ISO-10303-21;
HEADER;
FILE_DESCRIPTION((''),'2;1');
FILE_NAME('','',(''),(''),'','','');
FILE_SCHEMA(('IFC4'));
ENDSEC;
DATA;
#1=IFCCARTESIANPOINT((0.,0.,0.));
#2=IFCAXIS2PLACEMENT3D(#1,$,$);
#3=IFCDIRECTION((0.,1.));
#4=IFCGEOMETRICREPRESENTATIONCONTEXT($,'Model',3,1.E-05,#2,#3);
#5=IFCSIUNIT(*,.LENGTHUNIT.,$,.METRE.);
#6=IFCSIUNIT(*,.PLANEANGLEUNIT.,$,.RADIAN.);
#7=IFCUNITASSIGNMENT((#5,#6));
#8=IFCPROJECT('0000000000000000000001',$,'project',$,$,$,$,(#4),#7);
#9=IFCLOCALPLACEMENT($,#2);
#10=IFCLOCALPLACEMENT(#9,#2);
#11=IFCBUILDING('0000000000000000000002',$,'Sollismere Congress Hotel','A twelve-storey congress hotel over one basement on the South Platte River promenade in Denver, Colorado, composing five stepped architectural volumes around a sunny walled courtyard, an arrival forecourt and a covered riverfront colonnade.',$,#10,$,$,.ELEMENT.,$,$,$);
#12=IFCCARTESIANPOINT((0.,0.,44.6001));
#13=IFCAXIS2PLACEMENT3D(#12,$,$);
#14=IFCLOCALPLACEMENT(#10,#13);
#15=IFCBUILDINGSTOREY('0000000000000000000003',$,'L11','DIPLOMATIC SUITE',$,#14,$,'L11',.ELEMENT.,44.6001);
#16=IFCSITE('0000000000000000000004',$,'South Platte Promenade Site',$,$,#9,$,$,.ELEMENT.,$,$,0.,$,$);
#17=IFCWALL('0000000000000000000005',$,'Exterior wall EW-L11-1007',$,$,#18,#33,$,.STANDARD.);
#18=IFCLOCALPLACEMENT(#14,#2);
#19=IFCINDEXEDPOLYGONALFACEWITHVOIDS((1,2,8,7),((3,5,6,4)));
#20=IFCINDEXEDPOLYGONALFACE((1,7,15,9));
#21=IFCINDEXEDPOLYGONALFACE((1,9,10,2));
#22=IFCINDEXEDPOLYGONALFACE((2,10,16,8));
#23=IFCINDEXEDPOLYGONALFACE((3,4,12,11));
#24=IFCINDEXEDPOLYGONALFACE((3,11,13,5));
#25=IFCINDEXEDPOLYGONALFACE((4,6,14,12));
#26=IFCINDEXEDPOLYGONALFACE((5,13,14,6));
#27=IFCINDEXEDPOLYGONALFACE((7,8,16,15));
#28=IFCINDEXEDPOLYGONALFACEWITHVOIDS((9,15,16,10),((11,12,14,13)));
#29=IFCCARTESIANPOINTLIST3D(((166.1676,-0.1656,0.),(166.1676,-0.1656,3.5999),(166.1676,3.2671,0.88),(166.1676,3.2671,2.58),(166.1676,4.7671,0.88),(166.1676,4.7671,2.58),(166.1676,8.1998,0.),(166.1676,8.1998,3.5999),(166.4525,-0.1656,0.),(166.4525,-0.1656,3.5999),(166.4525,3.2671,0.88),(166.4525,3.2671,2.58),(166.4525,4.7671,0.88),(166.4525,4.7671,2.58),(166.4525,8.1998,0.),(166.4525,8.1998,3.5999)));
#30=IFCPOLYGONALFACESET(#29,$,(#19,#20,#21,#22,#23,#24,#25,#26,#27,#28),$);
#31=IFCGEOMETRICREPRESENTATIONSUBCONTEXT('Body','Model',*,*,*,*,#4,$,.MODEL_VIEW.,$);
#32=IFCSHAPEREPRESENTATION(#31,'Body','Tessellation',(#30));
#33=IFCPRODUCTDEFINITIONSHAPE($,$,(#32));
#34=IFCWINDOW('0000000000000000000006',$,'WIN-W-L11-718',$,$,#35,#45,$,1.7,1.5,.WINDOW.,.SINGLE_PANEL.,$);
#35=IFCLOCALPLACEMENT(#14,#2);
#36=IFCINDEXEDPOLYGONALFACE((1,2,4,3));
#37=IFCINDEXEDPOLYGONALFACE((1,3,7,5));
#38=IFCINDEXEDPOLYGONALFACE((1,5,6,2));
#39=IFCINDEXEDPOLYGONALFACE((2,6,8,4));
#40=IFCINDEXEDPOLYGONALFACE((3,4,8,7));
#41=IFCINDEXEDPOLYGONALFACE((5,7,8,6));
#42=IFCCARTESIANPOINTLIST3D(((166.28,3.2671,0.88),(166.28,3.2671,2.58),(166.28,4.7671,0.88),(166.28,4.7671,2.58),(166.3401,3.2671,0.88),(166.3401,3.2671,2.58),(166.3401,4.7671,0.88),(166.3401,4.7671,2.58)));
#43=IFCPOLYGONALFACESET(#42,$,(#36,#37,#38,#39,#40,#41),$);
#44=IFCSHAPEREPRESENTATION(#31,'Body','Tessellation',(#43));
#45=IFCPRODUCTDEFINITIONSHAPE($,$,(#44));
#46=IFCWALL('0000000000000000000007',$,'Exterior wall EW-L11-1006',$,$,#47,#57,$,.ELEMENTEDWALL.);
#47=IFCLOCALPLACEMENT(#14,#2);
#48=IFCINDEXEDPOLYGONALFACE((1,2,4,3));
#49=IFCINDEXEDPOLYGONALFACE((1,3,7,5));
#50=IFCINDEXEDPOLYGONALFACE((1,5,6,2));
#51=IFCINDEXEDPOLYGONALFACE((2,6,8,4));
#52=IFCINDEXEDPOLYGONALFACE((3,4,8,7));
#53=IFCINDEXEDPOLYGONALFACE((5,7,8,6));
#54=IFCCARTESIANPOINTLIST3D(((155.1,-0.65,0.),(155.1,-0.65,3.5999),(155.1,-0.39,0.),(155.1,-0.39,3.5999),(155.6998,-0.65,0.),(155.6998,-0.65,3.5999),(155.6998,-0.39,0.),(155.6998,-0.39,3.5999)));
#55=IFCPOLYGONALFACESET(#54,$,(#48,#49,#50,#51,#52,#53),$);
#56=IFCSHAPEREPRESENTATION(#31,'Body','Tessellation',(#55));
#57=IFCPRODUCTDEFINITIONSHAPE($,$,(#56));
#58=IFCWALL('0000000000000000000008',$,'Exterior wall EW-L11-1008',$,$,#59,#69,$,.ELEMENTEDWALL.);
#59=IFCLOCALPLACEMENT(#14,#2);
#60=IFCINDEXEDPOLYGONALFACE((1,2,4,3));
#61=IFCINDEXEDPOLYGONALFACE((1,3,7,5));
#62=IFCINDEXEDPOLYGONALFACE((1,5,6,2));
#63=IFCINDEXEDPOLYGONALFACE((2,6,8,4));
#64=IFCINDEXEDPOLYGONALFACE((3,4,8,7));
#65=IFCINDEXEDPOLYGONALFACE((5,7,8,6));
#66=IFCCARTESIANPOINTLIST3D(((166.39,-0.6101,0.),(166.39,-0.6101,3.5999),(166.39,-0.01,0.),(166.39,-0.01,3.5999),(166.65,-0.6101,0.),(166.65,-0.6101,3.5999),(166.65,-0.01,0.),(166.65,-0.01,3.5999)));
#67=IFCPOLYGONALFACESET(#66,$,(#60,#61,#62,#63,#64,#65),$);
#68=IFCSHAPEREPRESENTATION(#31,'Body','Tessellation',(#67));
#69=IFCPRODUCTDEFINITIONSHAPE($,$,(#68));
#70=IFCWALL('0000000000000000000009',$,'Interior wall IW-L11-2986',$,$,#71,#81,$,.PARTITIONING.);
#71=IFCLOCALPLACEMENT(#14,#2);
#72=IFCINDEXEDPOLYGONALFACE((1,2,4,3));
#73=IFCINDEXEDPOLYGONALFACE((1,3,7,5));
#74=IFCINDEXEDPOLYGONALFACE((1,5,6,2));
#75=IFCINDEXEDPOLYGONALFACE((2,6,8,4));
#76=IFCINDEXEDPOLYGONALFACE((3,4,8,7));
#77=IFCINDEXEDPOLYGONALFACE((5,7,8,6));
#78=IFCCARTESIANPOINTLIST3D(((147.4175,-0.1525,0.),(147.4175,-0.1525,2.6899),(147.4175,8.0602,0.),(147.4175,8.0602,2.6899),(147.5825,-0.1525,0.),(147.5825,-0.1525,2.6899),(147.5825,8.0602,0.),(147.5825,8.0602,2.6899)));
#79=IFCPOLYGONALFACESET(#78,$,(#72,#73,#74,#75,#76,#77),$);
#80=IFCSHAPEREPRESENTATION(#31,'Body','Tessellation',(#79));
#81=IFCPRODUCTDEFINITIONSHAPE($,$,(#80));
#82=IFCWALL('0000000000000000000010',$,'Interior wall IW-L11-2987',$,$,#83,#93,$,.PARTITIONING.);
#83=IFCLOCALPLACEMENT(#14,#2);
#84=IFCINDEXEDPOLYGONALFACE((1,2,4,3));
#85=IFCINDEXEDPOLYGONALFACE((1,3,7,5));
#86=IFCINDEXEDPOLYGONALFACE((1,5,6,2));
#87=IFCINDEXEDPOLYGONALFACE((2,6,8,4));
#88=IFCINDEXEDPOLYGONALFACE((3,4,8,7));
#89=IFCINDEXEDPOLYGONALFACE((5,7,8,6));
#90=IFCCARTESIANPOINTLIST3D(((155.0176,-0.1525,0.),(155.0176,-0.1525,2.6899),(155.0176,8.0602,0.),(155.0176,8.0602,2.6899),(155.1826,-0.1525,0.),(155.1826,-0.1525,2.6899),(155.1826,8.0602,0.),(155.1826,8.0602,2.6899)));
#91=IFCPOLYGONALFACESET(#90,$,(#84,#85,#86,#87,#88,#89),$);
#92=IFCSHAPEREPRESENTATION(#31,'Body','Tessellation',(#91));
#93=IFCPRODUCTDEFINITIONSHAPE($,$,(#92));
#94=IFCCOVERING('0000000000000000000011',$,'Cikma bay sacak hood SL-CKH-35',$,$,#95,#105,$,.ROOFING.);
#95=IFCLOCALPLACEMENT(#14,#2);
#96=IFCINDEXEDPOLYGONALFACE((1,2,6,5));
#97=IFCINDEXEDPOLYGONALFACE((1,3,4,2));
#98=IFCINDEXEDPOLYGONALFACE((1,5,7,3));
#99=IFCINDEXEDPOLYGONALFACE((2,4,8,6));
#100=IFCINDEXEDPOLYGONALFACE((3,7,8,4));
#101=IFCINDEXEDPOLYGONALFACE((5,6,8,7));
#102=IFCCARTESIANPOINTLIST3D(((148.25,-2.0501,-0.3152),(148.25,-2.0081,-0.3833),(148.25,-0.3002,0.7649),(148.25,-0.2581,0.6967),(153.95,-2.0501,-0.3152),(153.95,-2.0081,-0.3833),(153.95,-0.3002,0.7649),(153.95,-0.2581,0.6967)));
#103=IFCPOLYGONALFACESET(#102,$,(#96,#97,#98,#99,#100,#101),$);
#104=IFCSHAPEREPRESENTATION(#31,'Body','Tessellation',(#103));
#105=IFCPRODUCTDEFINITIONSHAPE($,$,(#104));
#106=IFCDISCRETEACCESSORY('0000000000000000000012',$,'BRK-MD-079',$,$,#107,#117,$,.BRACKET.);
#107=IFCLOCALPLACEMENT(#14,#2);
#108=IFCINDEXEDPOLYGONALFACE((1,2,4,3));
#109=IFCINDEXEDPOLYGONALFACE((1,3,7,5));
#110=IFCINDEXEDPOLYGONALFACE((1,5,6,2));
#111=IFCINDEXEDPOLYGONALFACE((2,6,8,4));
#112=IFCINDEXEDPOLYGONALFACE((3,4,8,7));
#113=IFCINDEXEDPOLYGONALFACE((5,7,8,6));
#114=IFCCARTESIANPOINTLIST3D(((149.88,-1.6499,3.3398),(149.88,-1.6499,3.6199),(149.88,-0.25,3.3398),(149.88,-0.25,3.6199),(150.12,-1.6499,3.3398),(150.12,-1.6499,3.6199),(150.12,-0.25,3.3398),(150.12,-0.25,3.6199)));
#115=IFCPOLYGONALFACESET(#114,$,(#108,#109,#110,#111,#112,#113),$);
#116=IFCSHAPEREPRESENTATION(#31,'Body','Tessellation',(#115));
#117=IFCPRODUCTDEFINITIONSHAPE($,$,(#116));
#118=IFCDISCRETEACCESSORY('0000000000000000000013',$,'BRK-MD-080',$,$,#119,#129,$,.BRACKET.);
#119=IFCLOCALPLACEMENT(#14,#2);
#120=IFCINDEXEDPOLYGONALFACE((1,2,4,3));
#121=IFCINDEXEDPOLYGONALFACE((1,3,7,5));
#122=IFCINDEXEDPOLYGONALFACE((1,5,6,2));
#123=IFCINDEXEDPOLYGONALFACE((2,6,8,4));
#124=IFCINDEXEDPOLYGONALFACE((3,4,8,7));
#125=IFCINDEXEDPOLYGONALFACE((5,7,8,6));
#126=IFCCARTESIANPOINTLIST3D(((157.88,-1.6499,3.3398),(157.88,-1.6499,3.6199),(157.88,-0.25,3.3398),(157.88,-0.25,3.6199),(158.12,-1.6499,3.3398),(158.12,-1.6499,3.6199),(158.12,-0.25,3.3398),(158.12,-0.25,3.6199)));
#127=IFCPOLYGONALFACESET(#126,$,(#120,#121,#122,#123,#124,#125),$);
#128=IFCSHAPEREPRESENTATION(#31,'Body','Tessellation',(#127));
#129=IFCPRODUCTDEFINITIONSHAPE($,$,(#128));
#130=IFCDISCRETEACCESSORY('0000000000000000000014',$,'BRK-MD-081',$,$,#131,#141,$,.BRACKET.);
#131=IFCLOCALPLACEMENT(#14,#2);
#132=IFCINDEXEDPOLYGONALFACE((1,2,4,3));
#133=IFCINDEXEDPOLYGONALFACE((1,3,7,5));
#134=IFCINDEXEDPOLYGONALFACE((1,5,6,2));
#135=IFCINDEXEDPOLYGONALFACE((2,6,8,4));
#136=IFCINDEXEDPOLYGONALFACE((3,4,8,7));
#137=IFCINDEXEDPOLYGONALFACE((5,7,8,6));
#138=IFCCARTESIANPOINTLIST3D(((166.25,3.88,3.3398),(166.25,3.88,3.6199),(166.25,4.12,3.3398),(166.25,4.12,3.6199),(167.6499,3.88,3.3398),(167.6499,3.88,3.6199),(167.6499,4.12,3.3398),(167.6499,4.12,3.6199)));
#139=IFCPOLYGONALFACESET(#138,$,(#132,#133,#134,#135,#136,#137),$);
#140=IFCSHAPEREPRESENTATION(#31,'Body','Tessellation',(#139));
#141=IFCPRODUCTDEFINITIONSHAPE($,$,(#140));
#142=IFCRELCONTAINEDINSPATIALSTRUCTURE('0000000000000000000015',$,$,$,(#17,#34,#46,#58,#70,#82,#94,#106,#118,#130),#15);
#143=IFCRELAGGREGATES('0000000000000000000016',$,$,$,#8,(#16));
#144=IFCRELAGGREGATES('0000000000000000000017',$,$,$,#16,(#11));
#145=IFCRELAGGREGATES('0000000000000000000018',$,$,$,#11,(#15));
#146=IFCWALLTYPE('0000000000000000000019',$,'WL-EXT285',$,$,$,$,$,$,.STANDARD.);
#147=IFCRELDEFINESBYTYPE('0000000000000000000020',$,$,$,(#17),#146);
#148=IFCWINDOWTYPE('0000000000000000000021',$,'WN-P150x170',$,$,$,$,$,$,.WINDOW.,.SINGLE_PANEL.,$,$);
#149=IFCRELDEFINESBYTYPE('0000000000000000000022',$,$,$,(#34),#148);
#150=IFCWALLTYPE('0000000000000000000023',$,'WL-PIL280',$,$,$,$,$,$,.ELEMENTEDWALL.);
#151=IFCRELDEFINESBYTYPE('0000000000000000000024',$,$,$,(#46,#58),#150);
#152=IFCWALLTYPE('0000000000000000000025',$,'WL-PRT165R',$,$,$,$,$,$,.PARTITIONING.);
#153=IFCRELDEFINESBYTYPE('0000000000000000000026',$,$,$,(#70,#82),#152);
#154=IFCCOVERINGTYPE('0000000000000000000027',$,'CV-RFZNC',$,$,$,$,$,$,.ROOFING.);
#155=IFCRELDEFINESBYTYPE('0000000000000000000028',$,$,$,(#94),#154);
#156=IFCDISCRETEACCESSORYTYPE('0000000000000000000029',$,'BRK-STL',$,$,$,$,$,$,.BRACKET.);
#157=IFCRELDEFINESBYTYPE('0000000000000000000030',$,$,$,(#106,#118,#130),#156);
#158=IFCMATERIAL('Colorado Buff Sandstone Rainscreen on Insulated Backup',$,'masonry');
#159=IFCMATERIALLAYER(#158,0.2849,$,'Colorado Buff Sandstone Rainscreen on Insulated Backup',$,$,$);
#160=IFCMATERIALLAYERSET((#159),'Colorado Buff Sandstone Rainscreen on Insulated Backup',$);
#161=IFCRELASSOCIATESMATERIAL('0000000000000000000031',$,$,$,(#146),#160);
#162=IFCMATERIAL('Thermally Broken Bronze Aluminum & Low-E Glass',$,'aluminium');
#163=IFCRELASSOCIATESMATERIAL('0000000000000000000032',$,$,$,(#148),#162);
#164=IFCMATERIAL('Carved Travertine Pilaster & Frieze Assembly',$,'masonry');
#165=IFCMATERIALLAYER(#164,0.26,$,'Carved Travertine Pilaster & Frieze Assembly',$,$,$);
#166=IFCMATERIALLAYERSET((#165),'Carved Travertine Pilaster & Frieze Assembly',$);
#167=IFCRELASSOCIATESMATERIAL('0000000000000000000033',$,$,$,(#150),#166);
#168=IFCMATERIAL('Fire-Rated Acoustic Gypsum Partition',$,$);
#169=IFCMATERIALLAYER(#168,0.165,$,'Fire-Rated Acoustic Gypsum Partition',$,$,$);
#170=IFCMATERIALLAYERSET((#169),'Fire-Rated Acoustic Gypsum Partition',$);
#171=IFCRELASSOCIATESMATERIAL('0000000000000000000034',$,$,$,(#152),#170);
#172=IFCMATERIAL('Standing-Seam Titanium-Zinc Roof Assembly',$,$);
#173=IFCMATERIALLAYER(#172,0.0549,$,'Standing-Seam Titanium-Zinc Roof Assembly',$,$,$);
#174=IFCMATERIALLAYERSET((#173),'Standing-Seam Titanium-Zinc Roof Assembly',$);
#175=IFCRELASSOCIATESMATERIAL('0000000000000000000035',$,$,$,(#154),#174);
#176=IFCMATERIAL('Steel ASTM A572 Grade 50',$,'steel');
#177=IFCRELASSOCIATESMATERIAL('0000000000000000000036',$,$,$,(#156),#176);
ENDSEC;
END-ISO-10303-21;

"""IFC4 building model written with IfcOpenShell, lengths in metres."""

from ifc_helpers import new_model, si_unit, direction, frame, frame_2d, origin, origin_2d, place, context, subcontext, project, spatial, polyline, rectangle, outline, extrude, material, layer, layer_set, type_object, element, fill, save


model = new_model("IFC4")

# Units and contexts
model_context = context("Model", 3, precision=1e-05, world=origin(), true_north=direction((0.0, 1.0)))
body_context = subcontext(model_context, "Body", "Model", "MODEL_VIEW")
ifc_project = project(units=[si_unit("LENGTHUNIT", "METRE"), si_unit("PLANEANGLEUNIT", "RADIAN")], contexts=[model_context])

# Site, building, storey
site_placement = place(None, origin())
site = spatial("IfcSite", under=ifc_project, at=site_placement, Name="South Platte Promenade Site", CompositionType="ELEMENT", RefElevation=0.0)
building_placement = place(site_placement, origin())
building = spatial("IfcBuilding", under=site, at=building_placement, Name="Sollismere Congress Hotel", Description="A twelve-storey congress hotel over one basement on the South Platte River promenade in Denver, Colorado, composing five stepped architectural volumes around a sunny walled courtyard, an arrival forecourt and a covered riverfront colonnade.", CompositionType="ELEMENT")
storey_placement = place(building_placement, frame((0.0, 0.0, 44.6001)))
storey = spatial("IfcBuildingStorey", under=building, at=storey_placement, Name="L11", Description="DIPLOMATIC SUITE", LongName="L11", CompositionType="ELEMENT", Elevation=44.6001)

# Wall, opening, window
ifc_material_1 = material(Name="Colorado Buff Sandstone Rainscreen on Insulated Backup", Category="masonry")
ifc_layer_1 = layer(ifc_material_1, 0.2849, Name="Colorado Buff Sandstone Rainscreen on Insulated Backup")
ifc_layer_set_1 = layer_set([ifc_layer_1], Name="Colorado Buff Sandstone Rainscreen on Insulated Backup")
wall_type_1 = type_object("IfcWallType", Name="WL-EXT285", PredefinedType="STANDARD", material=ifc_layer_set_1)
ifc_material_2 = material(Name="Thermally Broken Bronze Aluminum & Low-E Glass", Category="aluminium")
window_type_1 = type_object("IfcWindowType", Name="WN-P150x170", PartitioningType="SINGLE_PANEL", PredefinedType="WINDOW", material=ifc_material_2)
wall_1_placement = place(storey_placement, frame((166.3101, -0.1655, 0.0), z_axis=(0.0, 0.0, 1.0), x_axis=(0.0, 1.0, 0.0)))
wall_1 = element("IfcWall", 1, at=wall_1_placement, inside=storey, type_object=wall_type_1, Name="Exterior wall EW-L11-1007", PredefinedType="STANDARD", context=body_context, shape_type="SweptSolid", body=[
    extrude(rectangle(XDim=8.3655, YDim=0.2849, at=frame_2d((4.1826, 0.0))), origin(), (0.0, 0.0, 1.0), 3.5999),
])
opening_1_placement = place(wall_1_placement, frame((3.4326, 0.0, 0.8799)))
opening_1 = element("IfcOpeningElement", 2, at=opening_1_placement, cuts=wall_1, PredefinedType="OPENING", context=body_context, shape_type="SweptSolid", body=[
    extrude(rectangle(XDim=1.5, YDim=1.7, at=frame_2d((0.75, 0.8501))), frame((0.0, 0.1523, 0.0), z_axis=(0.0, -1.0, 0.0), x_axis=(1.0, 0.0, 0.0)), (0.0, 0.0, 1.0), 0.3049),
])
window_1_placement = place(opening_1_placement, origin())
window_1 = element("IfcWindow", 3, at=window_1_placement, inside=storey, type_object=window_type_1, Name="WIN-W-L11-718", OverallHeight=1.7, OverallWidth=1.5, PartitioningType="SINGLE_PANEL", PredefinedType="WINDOW", context=body_context, shape_type="SweptSolid", body=[
    extrude(rectangle(XDim=1.5, YDim=1.7, at=frame_2d((0.75, 0.8501))), frame((0.0, 0.03, 0.0), z_axis=(0.0, -1.0, 0.0), x_axis=(1.0, 0.0, 0.0)), (0.0, 0.0, 1.0), 0.0601),
])
fill(opening_1, window_1)

# Walls
ifc_material_3 = material(Name="Carved Travertine Pilaster & Frieze Assembly", Category="masonry")
ifc_layer_2 = layer(ifc_material_3, 0.26, Name="Carved Travertine Pilaster & Frieze Assembly")
ifc_layer_set_2 = layer_set([ifc_layer_2], Name="Carved Travertine Pilaster & Frieze Assembly")
wall_type_2 = type_object("IfcWallType", Name="WL-PIL280", PredefinedType="ELEMENTEDWALL", material=ifc_layer_set_2)
wall_2_placement = place(storey_placement, frame((155.1001, -0.52, 0.0), z_axis=(0.0, 0.0, 1.0), x_axis=(1.0, 0.0, 0.0)))
element("IfcWall", 4, at=wall_2_placement, inside=storey, type_object=wall_type_2, Name="Exterior wall EW-L11-1006", PredefinedType="ELEMENTEDWALL", context=body_context, shape_type="SweptSolid", body=[
    extrude(rectangle(XDim=0.5999, YDim=0.26, at=frame_2d((0.2998, 0.0))), origin(), (0.0, 0.0, 1.0), 3.5999),
])
wall_3_placement = place(storey_placement, frame((166.52, -0.6101, 0.0), z_axis=(0.0, 0.0, 1.0), x_axis=(0.0, 1.0, 0.0)))
element("IfcWall", 5, at=wall_3_placement, inside=storey, type_object=wall_type_2, Name="Exterior wall EW-L11-1008", PredefinedType="ELEMENTEDWALL", context=body_context, shape_type="SweptSolid", body=[
    extrude(rectangle(XDim=0.6001, YDim=0.26, at=frame_2d((0.3, 0.0))), origin(), (0.0, 0.0, 1.0), 3.5999),
])
ifc_material_4 = material(Name="Fire-Rated Acoustic Gypsum Partition")
ifc_layer_3 = layer(ifc_material_4, 0.165, Name="Fire-Rated Acoustic Gypsum Partition")
ifc_layer_set_3 = layer_set([ifc_layer_3], Name="Fire-Rated Acoustic Gypsum Partition")
wall_type_3 = type_object("IfcWallType", Name="WL-PRT165R", PredefinedType="PARTITIONING", material=ifc_layer_set_3)
for number, where, z_axis, x_axis, name in (
    (6, (147.5, -0.1526, 0.0), (0.0, 0.0, 1.0), (0.0, 1.0, 0.0), "Interior wall IW-L11-2986"),
    (7, (155.1001, -0.1526, 0.0), (0.0, 0.0, 1.0), (0.0, 1.0, 0.0), "Interior wall IW-L11-2987"),
):
    element("IfcWall", number, at=place(storey_placement, frame(where, z_axis=z_axis, x_axis=x_axis)), inside=storey, type_object=wall_type_3, Name=name, PredefinedType="PARTITIONING", context=body_context, shape_type="SweptSolid", body=[
        extrude(rectangle(XDim=8.2126, YDim=0.165, at=frame_2d((4.1064, 0.0))), origin(), (0.0, 0.0, 1.0), 2.6899),
    ])

# Covering
ifc_material_5 = material(Name="Standing-Seam Titanium-Zinc Roof Assembly")
ifc_layer_4 = layer(ifc_material_5, 0.0549, Name="Standing-Seam Titanium-Zinc Roof Assembly")
ifc_layer_set_4 = layer_set([ifc_layer_4], Name="Standing-Seam Titanium-Zinc Roof Assembly")
covering_type = type_object("IfcCoveringType", Name="CV-RFZNC", PredefinedType="ROOFING", material=ifc_layer_set_4)
covering_placement = place(storey_placement, frame((148.25, -2.0081, -0.3833), z_axis=(0.0, -0.52521, 0.850973), x_axis=(1.0, 0.0, 0.0)))
element("IfcCovering", 8, at=covering_placement, inside=storey, type_object=covering_type, Name="Cikma bay sacak hood SL-CKH-35", PredefinedType="ROOFING", context=body_context, shape_type="SweptSolid", body=[
    extrude(outline(polyline([(0.0, 0.0), (5.7, 0.0), (5.7, 2.0564), (0.0, 2.0564), (0.0, 0.0)])), origin(), (0.0, 0.0, 1.0), 0.0801),
])

# Discrete accessories
ifc_material_6 = material(Name="Steel ASTM A572 Grade 50", Category="steel")
discrete_accessory_type = type_object("IfcDiscreteAccessoryType", Name="BRK-STL", PredefinedType="BRACKET", material=ifc_material_6)
for number, where, z_axis, x_axis, name in (
    (9, (150.0, -0.95, 3.3398), (0.0, 0.0, 1.0), (1.0, 0.0, 0.0), "BRK-MD-079"),
    (10, (158.0, -0.95, 3.3398), (0.0, 0.0, 1.0), (1.0, 0.0, 0.0), "BRK-MD-080"),
):
    element("IfcDiscreteAccessory", number, at=place(storey_placement, frame(where, z_axis=z_axis, x_axis=x_axis)), inside=storey, type_object=discrete_accessory_type, Name=name, PredefinedType="BRACKET", context=body_context, shape_type="SweptSolid", body=[
        extrude(rectangle(XDim=0.24, YDim=1.3999, at=origin_2d()), origin(), (0.0, 0.0, 1.0), 0.28),
    ])
discrete_accessory_placement = place(storey_placement, frame((166.95, 4.0, 3.3398), z_axis=(0.0, 0.0, 1.0), x_axis=(1.0, 0.0, 0.0)))
element("IfcDiscreteAccessory", 11, at=discrete_accessory_placement, inside=storey, type_object=discrete_accessory_type, Name="BRK-MD-081", PredefinedType="BRACKET", context=body_context, shape_type="SweptSolid", body=[
    extrude(rectangle(XDim=1.3999, YDim=0.24, at=origin_2d()), origin(), (0.0, 0.0, 1.0), 0.28),
])

save(model, "model.ifc")
